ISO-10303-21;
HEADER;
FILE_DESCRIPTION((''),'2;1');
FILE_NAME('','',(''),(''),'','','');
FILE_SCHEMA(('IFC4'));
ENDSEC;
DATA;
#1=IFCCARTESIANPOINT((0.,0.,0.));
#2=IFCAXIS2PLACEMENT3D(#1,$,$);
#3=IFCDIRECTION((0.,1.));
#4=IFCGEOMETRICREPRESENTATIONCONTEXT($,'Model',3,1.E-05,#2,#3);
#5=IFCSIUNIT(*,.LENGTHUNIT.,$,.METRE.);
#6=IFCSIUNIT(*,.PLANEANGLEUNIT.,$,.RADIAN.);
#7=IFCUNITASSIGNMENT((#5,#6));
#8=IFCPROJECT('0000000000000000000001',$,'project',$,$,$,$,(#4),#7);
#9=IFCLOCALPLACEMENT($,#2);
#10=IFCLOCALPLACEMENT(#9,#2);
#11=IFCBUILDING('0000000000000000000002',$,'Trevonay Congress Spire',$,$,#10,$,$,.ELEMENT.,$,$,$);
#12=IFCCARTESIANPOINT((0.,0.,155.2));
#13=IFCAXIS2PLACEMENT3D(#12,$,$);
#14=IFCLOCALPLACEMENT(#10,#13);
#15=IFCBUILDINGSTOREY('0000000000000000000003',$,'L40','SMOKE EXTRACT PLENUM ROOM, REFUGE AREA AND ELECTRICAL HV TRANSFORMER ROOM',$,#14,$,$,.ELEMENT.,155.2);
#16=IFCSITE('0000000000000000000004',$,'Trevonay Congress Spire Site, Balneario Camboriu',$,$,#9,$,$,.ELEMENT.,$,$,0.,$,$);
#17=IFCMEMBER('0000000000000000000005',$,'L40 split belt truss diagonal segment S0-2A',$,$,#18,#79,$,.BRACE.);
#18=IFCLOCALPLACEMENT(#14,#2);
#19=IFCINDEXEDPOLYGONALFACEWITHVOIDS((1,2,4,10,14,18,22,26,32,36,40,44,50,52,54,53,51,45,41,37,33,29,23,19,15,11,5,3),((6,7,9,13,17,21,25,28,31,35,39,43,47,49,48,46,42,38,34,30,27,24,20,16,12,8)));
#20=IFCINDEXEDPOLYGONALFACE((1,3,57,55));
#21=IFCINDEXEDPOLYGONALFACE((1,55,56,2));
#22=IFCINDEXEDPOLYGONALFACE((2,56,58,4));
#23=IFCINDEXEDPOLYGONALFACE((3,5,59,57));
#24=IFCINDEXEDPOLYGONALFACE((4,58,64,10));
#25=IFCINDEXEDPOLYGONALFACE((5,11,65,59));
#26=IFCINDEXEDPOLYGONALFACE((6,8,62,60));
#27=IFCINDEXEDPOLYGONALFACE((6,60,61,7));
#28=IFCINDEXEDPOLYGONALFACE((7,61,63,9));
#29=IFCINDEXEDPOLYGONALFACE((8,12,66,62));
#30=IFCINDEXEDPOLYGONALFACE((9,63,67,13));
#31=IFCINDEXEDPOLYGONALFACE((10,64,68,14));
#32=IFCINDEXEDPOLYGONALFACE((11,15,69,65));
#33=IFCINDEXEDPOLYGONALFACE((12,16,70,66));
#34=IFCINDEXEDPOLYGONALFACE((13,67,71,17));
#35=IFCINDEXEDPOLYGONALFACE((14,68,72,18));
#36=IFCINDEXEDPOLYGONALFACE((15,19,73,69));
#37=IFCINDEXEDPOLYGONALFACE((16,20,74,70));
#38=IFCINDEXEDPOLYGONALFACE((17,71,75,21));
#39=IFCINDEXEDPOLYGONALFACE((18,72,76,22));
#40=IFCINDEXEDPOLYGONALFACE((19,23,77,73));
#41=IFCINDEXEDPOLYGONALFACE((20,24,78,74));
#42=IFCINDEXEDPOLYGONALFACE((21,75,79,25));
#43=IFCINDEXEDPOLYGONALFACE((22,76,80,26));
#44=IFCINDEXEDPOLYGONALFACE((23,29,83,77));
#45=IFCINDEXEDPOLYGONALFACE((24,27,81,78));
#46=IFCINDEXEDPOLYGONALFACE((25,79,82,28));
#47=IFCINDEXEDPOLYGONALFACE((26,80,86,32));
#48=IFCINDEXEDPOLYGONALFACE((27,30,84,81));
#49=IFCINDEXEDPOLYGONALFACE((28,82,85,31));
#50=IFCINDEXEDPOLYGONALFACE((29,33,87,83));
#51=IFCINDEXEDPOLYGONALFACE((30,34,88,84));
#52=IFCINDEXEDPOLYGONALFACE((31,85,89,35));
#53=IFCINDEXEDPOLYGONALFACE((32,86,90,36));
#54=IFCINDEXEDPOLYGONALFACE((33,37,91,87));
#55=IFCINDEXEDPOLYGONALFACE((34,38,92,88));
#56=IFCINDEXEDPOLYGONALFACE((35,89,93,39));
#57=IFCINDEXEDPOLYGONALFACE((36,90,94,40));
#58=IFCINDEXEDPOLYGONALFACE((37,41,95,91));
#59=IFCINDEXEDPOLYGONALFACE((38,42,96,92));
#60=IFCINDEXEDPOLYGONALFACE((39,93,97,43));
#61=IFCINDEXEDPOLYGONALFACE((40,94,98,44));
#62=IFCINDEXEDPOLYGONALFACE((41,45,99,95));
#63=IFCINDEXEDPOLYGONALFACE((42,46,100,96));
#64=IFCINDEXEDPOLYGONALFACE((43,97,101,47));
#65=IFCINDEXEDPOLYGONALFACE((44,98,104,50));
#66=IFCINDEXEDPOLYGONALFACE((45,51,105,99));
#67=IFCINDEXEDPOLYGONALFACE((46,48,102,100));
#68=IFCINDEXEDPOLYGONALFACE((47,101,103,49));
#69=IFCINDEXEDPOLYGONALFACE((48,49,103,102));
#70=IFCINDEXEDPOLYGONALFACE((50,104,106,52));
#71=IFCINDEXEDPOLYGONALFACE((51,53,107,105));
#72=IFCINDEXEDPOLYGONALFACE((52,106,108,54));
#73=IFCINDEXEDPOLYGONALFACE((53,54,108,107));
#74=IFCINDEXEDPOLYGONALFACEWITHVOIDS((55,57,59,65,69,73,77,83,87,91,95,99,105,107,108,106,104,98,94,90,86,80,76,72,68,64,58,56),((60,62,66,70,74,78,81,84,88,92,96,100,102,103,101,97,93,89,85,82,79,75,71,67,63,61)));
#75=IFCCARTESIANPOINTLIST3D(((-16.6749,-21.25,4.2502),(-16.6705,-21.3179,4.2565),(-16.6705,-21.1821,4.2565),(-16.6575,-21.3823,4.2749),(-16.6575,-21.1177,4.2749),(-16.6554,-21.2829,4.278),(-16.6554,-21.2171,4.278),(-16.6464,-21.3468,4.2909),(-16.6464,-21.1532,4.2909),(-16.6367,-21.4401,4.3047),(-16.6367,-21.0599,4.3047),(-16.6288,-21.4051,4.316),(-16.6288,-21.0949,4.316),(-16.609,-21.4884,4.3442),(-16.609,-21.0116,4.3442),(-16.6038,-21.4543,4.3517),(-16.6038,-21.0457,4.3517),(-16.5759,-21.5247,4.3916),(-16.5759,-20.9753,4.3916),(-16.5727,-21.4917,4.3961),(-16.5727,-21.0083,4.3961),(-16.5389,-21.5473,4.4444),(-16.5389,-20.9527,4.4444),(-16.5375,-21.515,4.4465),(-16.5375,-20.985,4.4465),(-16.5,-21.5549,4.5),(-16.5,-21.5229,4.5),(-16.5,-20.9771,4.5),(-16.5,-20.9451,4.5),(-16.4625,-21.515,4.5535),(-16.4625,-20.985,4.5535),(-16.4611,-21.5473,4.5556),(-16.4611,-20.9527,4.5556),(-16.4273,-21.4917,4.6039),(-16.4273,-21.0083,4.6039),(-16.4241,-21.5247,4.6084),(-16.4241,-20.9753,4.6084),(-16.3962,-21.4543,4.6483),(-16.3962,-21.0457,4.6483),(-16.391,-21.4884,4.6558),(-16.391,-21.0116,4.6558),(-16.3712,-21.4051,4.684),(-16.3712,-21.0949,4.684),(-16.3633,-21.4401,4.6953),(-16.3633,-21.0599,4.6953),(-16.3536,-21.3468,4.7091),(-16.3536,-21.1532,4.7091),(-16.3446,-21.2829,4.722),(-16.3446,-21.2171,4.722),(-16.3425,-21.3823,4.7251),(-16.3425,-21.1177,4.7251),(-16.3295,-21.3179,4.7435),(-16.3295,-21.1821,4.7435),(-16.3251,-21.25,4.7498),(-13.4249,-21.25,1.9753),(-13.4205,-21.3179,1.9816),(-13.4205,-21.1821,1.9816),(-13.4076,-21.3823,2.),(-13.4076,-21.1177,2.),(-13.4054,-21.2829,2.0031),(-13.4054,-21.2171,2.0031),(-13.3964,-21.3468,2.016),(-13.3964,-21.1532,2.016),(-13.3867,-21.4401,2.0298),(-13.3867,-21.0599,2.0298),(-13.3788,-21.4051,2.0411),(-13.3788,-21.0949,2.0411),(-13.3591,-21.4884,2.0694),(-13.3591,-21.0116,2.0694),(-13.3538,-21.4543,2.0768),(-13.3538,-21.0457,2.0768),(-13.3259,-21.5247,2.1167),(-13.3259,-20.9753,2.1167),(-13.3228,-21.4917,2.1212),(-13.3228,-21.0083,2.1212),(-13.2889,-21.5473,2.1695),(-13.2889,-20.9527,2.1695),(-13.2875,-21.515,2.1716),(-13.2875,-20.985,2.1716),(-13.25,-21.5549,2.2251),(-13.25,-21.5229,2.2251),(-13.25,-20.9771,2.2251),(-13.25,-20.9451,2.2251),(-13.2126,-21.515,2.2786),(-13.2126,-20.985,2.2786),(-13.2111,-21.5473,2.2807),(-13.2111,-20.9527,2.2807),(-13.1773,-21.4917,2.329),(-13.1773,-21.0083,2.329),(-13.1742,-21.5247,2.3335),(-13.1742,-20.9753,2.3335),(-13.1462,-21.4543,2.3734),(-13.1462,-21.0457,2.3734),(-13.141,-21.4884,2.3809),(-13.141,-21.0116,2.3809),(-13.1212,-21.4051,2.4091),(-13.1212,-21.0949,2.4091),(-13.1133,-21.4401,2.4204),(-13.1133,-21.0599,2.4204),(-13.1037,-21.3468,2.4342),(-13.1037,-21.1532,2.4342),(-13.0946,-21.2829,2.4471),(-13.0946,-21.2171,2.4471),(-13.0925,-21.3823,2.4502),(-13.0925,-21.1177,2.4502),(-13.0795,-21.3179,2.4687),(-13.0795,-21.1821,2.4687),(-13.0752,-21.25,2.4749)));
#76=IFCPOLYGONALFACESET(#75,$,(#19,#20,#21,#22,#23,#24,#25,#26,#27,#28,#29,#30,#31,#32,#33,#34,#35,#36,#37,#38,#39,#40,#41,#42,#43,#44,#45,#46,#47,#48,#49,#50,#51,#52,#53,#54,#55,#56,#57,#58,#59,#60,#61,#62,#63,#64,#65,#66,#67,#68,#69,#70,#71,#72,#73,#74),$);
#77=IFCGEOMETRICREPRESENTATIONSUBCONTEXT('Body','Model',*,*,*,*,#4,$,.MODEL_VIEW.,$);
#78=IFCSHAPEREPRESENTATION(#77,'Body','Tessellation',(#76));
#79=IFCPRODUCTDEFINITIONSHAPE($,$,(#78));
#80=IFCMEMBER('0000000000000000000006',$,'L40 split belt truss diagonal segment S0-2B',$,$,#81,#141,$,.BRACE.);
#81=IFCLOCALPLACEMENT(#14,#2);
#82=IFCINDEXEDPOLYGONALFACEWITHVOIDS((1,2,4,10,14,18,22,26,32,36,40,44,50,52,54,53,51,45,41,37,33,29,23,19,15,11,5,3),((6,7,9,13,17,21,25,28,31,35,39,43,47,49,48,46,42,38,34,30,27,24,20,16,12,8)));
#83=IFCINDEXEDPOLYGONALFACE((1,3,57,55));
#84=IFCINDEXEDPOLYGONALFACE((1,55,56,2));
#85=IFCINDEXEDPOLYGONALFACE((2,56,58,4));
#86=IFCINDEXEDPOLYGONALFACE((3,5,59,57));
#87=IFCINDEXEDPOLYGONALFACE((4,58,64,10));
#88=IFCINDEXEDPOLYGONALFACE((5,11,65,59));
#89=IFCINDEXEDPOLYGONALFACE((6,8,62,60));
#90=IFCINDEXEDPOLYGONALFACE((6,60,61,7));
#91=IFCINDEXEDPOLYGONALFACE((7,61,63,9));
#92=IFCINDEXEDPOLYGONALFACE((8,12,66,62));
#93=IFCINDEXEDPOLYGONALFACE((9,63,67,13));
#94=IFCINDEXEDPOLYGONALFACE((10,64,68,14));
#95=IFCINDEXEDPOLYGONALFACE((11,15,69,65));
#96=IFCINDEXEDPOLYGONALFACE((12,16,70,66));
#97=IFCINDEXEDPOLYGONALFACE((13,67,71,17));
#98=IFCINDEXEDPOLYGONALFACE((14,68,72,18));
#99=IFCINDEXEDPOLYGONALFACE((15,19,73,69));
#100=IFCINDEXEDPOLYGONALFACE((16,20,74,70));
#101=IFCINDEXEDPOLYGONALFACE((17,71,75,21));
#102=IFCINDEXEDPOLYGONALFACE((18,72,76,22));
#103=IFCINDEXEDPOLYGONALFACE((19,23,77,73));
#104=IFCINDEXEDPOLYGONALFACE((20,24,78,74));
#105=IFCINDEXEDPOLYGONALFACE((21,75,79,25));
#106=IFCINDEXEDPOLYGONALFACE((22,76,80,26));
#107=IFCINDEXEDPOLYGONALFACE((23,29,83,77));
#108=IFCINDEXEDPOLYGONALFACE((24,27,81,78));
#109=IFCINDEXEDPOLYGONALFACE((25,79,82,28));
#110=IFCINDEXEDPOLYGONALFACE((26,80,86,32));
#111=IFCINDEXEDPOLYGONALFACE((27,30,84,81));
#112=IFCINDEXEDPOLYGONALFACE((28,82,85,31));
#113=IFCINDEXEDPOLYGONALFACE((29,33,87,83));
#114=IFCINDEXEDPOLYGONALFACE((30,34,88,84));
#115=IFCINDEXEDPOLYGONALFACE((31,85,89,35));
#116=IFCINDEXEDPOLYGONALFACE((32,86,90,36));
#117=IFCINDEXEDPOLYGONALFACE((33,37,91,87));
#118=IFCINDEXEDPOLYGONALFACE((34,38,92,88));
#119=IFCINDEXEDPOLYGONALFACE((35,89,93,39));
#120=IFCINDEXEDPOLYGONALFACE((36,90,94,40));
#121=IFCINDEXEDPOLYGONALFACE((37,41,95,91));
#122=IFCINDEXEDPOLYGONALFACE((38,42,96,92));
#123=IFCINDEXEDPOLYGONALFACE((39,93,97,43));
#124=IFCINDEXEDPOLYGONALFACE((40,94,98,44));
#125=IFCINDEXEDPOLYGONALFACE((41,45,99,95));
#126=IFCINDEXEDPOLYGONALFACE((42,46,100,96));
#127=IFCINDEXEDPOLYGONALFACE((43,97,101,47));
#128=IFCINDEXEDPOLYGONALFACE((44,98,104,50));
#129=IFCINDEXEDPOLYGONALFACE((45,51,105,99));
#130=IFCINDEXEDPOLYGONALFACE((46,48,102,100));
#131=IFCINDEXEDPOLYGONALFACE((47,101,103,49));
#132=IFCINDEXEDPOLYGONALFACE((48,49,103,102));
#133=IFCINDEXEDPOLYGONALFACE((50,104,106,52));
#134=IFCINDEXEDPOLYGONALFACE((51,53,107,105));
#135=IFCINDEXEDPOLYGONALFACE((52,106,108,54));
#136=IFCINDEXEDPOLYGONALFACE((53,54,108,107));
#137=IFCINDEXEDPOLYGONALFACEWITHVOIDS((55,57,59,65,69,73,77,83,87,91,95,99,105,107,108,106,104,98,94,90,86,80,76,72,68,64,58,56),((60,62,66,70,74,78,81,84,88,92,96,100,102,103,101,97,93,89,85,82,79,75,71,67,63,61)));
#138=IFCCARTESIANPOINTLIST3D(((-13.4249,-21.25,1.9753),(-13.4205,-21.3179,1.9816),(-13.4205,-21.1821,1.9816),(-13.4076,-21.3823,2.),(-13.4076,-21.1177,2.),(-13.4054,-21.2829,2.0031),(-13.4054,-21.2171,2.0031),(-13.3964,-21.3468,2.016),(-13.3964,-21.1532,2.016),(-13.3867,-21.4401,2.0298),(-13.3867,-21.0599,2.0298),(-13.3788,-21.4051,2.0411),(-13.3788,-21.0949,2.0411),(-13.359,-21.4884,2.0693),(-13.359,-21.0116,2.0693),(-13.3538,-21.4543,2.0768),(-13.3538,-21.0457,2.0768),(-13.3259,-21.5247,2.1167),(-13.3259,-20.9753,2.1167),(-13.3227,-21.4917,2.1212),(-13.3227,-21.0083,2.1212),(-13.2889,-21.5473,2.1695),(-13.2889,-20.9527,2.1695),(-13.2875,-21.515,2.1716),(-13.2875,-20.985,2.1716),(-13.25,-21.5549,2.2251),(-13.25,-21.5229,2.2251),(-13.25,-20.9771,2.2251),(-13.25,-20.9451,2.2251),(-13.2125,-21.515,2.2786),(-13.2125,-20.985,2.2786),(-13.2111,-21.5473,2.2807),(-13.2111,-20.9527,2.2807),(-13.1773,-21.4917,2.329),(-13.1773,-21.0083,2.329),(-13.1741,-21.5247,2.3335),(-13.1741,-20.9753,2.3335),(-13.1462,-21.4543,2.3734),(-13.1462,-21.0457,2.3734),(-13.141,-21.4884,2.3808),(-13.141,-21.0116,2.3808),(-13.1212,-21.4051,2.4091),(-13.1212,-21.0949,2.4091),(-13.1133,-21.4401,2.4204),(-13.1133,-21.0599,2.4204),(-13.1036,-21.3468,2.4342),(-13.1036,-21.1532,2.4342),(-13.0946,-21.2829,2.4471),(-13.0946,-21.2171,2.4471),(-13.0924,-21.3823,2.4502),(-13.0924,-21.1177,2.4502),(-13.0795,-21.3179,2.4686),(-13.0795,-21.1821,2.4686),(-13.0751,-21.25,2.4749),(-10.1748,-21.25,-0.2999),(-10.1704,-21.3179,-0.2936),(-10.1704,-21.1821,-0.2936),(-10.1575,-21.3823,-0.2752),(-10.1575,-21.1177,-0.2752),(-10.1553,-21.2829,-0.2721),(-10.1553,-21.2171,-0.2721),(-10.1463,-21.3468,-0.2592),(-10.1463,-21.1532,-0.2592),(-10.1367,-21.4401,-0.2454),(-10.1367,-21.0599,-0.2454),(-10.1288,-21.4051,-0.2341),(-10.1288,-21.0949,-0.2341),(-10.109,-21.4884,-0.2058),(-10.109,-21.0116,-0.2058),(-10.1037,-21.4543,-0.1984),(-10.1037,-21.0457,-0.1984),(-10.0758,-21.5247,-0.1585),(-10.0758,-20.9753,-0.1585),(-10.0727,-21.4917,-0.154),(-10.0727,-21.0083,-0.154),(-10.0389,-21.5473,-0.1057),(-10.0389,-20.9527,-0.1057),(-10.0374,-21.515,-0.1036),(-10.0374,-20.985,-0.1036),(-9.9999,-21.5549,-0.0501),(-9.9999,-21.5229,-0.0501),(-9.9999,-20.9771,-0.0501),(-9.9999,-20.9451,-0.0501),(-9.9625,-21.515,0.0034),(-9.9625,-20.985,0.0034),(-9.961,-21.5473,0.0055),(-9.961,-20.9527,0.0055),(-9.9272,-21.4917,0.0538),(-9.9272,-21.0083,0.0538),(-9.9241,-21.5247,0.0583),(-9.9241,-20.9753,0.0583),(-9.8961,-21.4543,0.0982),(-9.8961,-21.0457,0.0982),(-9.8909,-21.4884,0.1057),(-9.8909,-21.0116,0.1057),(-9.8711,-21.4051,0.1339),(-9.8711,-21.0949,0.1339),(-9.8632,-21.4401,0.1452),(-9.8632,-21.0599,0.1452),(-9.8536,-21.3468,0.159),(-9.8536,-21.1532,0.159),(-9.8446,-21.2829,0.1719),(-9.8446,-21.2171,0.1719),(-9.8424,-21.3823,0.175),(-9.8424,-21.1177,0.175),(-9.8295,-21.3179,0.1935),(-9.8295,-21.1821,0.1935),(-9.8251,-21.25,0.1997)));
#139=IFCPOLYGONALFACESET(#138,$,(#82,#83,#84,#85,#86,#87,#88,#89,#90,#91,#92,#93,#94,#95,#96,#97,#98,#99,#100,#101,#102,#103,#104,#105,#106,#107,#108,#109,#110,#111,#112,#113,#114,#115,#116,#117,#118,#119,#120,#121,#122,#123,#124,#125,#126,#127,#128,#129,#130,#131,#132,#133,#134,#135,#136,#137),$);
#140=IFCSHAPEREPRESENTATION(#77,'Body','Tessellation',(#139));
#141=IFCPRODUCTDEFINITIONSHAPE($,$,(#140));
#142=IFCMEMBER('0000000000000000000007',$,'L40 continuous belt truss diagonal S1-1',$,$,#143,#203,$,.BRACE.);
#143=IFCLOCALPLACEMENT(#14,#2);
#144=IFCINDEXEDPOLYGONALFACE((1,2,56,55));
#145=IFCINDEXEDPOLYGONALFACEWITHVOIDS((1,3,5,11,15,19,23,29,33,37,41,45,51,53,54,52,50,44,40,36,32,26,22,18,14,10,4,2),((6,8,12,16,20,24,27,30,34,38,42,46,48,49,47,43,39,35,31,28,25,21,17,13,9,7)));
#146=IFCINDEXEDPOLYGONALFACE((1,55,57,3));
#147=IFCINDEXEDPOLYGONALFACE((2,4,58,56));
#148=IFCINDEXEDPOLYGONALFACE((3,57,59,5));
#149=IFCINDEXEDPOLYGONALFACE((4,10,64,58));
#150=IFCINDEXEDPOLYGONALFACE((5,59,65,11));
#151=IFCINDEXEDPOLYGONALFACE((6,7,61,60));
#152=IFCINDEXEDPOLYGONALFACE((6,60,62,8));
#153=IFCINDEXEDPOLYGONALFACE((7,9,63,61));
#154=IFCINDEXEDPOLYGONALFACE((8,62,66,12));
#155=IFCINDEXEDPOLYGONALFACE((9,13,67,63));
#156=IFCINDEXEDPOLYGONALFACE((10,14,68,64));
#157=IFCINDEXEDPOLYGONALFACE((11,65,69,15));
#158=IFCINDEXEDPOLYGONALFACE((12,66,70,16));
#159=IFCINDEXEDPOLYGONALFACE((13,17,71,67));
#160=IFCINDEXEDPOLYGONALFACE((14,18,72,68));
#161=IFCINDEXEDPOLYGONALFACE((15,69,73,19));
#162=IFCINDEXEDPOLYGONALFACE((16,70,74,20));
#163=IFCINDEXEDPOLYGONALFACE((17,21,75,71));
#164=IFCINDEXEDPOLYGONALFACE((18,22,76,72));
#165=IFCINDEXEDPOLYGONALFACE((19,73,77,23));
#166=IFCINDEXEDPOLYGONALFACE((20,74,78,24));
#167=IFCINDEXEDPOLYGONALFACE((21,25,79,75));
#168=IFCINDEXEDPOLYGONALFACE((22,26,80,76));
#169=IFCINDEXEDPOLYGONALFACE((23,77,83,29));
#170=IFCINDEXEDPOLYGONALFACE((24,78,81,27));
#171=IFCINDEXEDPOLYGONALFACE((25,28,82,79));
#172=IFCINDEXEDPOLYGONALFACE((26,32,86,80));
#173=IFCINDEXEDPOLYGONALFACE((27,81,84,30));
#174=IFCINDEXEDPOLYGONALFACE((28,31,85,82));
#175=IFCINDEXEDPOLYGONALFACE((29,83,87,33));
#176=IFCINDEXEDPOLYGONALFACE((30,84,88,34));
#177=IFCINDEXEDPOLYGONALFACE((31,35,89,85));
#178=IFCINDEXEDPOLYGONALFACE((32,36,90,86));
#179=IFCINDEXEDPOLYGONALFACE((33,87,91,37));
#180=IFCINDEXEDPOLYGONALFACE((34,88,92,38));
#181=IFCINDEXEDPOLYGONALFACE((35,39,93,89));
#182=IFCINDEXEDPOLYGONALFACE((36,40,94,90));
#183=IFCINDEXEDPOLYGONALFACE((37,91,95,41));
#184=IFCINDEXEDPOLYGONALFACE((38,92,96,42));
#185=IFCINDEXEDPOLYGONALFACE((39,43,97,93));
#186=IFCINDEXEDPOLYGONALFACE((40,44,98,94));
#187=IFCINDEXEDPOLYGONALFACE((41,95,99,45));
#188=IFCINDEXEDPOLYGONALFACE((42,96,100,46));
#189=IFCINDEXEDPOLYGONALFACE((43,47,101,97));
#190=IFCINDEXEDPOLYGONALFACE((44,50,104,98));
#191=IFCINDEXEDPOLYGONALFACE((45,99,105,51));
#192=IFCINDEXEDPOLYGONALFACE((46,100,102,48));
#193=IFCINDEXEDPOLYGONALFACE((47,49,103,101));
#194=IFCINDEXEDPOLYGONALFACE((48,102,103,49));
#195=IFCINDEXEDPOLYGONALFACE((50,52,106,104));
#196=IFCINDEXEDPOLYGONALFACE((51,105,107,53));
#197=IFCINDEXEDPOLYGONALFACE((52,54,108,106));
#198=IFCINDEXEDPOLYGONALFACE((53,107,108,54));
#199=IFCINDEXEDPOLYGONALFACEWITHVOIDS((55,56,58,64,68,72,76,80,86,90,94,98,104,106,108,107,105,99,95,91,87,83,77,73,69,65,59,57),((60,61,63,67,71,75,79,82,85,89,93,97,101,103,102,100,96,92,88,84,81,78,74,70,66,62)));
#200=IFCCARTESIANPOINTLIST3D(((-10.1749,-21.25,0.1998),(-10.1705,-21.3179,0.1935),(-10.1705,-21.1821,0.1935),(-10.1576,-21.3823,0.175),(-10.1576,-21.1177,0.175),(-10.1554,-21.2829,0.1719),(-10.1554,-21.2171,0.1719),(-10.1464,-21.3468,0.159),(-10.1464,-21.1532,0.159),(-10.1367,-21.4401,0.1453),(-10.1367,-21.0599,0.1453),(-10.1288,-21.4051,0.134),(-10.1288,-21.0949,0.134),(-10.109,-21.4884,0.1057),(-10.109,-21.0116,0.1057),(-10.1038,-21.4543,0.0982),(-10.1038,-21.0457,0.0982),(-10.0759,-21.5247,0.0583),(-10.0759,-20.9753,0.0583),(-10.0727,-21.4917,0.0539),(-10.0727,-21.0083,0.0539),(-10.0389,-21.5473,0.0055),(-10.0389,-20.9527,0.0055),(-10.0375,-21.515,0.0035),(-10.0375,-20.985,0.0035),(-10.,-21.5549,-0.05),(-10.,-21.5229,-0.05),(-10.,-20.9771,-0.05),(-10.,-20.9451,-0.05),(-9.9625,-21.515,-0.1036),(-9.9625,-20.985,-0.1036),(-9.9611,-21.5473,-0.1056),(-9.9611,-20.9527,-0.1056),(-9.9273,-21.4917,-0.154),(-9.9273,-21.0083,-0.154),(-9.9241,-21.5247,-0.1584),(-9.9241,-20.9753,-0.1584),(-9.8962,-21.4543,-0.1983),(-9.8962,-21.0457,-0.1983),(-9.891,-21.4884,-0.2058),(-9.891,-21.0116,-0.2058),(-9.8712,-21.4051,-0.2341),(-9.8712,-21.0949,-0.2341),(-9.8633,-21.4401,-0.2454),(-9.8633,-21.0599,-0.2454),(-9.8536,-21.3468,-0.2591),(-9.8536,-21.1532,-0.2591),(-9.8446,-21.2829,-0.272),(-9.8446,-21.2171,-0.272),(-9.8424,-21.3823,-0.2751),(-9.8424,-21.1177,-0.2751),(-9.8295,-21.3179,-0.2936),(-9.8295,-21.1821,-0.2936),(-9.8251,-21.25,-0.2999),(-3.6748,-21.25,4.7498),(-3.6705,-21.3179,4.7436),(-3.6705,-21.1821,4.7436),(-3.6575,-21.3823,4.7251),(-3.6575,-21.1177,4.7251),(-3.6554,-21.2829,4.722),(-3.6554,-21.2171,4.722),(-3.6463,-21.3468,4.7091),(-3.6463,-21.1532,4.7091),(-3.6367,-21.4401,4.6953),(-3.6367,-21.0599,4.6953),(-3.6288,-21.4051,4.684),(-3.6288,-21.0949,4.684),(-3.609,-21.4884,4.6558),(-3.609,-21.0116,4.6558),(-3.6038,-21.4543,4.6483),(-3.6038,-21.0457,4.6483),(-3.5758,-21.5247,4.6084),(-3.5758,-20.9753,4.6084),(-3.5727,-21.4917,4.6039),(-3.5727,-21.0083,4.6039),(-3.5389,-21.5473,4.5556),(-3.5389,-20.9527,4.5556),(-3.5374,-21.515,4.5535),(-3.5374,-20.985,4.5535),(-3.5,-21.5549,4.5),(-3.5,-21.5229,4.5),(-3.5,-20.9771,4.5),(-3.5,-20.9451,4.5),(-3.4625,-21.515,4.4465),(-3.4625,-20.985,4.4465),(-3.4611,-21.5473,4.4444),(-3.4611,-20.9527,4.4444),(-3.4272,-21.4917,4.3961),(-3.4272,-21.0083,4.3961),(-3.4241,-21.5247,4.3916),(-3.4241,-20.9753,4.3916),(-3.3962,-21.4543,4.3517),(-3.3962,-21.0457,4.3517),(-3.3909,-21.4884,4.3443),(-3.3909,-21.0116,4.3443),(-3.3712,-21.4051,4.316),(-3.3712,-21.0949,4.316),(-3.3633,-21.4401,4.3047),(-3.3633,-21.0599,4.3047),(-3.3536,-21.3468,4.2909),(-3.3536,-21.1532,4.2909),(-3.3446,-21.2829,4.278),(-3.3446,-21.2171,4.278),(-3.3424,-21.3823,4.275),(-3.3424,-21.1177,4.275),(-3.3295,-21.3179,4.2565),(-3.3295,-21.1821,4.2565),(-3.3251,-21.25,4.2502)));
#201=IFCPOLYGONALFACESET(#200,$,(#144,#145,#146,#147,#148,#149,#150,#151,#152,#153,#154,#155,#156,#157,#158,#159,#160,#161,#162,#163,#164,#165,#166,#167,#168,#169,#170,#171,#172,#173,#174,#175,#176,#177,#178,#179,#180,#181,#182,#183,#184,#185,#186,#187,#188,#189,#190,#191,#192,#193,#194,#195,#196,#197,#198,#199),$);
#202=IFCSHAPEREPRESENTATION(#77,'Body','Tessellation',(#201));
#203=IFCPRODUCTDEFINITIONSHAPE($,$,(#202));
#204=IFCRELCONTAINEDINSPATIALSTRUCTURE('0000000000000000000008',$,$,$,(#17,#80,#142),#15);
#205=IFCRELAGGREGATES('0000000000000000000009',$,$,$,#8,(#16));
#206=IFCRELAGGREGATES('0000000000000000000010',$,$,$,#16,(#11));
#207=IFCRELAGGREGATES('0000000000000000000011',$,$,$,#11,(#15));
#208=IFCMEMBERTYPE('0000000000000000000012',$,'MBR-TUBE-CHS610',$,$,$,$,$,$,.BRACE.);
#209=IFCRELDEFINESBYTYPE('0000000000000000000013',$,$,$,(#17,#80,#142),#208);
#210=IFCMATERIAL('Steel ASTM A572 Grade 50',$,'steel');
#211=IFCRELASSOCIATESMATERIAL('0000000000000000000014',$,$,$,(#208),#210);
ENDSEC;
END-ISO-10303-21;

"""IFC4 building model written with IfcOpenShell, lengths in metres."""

from ifc_helpers import new_model, si_unit, direction, frame, origin, origin_2d, place, context, subcontext, project, spatial, hollow_circle, extrude, material, material_profile, profile_set, type_object, element, save


model = new_model("IFC4")

# Units and contexts
model_context = context("Model", 3, precision=1e-05, world=origin(), true_north=direction((0.0, 1.0)))
body_context = subcontext(model_context, "Body", "Model", "MODEL_VIEW")
ifc_project = project(units=[si_unit("LENGTHUNIT", "METRE"), si_unit("PLANEANGLEUNIT", "RADIAN")], contexts=[model_context])

# Site, building, storey
site_placement = place(None, origin())
site = spatial("IfcSite", under=ifc_project, at=site_placement, Name="Trevonay Congress Spire Site, Balneario Camboriu", CompositionType="ELEMENT", RefElevation=0.0)
building_placement = place(site_placement, origin())
building = spatial("IfcBuilding", under=site, at=building_placement, Name="Trevonay Congress Spire", CompositionType="ELEMENT")
storey_placement = place(building_placement, frame((0.0, 0.0, 155.2)))
storey = spatial("IfcBuildingStorey", under=building, at=storey_placement, Name="L40", Description="SMOKE EXTRACT PLENUM ROOM, REFUGE AREA AND ELECTRICAL HV TRANSFORMER ROOM", CompositionType="ELEMENT", Elevation=155.2)

# Shared definitions
ifc_material_1 = material(Name="Steel ASTM A572 Grade 50", Category="steel")

# Members
ifc_material_profile_1 = material_profile(ifc_material_1, hollow_circle(Radius=0.3049, WallThickness=0.032, at=origin_2d()), Name="CHS 610x32")
ifc_profile_set_1 = profile_set([ifc_material_profile_1], Name="Steel ASTM A572 Grade 50")
member_type = type_object("IfcMemberType", Name="MBR-TUBE-CHS610", PredefinedType="BRACE", material=ifc_profile_set_1)
member_1_placement = place(storey_placement, frame((-16.5, -21.25, 4.5), z_axis=(0.819243, 0.0, -0.573446), x_axis=(0.0, 1.0, 0.0)))
element("IfcMember", 1, at=member_1_placement, inside=storey, type_object=member_type, Name="L40 split belt truss diagonal segment S0-2A", PredefinedType="BRACE", context=body_context, shape_type="SweptSolid", body=[
    extrude(hollow_circle(Radius=0.3049, WallThickness=0.032, at=origin_2d()), origin(), (0.0, 0.0, 1.0), 3.967),
])
member_2_placement = place(storey_placement, frame((-13.25, -21.25, 2.2251), z_axis=(0.819215, 0.0, -0.573487), x_axis=(0.0, 1.0, 0.0)))
element("IfcMember", 2, at=member_2_placement, inside=storey, type_object=member_type, Name="L40 split belt truss diagonal segment S0-2B", PredefinedType="BRACE", context=body_context, shape_type="SweptSolid", body=[
    extrude(hollow_circle(Radius=0.3049, WallThickness=0.032, at=origin_2d()), origin(), (0.0, 0.0, 1.0), 3.9673),
])
member_3_placement = place(storey_placement, frame((-10.0, -21.25, -0.05), z_axis=(0.819229, 0.0, 0.573466), x_axis=(0.0, 1.0, 0.0)))
element("IfcMember", 3, at=member_3_placement, inside=storey, type_object=member_type, Name="L40 continuous belt truss diagonal S1-1", PredefinedType="BRACE", context=body_context, shape_type="SweptSolid", body=[
    extrude(hollow_circle(Radius=0.3049, WallThickness=0.032, at=origin_2d()), origin(), (0.0, 0.0, 1.0), 7.9343),
])

save(model, "model.ifc")
